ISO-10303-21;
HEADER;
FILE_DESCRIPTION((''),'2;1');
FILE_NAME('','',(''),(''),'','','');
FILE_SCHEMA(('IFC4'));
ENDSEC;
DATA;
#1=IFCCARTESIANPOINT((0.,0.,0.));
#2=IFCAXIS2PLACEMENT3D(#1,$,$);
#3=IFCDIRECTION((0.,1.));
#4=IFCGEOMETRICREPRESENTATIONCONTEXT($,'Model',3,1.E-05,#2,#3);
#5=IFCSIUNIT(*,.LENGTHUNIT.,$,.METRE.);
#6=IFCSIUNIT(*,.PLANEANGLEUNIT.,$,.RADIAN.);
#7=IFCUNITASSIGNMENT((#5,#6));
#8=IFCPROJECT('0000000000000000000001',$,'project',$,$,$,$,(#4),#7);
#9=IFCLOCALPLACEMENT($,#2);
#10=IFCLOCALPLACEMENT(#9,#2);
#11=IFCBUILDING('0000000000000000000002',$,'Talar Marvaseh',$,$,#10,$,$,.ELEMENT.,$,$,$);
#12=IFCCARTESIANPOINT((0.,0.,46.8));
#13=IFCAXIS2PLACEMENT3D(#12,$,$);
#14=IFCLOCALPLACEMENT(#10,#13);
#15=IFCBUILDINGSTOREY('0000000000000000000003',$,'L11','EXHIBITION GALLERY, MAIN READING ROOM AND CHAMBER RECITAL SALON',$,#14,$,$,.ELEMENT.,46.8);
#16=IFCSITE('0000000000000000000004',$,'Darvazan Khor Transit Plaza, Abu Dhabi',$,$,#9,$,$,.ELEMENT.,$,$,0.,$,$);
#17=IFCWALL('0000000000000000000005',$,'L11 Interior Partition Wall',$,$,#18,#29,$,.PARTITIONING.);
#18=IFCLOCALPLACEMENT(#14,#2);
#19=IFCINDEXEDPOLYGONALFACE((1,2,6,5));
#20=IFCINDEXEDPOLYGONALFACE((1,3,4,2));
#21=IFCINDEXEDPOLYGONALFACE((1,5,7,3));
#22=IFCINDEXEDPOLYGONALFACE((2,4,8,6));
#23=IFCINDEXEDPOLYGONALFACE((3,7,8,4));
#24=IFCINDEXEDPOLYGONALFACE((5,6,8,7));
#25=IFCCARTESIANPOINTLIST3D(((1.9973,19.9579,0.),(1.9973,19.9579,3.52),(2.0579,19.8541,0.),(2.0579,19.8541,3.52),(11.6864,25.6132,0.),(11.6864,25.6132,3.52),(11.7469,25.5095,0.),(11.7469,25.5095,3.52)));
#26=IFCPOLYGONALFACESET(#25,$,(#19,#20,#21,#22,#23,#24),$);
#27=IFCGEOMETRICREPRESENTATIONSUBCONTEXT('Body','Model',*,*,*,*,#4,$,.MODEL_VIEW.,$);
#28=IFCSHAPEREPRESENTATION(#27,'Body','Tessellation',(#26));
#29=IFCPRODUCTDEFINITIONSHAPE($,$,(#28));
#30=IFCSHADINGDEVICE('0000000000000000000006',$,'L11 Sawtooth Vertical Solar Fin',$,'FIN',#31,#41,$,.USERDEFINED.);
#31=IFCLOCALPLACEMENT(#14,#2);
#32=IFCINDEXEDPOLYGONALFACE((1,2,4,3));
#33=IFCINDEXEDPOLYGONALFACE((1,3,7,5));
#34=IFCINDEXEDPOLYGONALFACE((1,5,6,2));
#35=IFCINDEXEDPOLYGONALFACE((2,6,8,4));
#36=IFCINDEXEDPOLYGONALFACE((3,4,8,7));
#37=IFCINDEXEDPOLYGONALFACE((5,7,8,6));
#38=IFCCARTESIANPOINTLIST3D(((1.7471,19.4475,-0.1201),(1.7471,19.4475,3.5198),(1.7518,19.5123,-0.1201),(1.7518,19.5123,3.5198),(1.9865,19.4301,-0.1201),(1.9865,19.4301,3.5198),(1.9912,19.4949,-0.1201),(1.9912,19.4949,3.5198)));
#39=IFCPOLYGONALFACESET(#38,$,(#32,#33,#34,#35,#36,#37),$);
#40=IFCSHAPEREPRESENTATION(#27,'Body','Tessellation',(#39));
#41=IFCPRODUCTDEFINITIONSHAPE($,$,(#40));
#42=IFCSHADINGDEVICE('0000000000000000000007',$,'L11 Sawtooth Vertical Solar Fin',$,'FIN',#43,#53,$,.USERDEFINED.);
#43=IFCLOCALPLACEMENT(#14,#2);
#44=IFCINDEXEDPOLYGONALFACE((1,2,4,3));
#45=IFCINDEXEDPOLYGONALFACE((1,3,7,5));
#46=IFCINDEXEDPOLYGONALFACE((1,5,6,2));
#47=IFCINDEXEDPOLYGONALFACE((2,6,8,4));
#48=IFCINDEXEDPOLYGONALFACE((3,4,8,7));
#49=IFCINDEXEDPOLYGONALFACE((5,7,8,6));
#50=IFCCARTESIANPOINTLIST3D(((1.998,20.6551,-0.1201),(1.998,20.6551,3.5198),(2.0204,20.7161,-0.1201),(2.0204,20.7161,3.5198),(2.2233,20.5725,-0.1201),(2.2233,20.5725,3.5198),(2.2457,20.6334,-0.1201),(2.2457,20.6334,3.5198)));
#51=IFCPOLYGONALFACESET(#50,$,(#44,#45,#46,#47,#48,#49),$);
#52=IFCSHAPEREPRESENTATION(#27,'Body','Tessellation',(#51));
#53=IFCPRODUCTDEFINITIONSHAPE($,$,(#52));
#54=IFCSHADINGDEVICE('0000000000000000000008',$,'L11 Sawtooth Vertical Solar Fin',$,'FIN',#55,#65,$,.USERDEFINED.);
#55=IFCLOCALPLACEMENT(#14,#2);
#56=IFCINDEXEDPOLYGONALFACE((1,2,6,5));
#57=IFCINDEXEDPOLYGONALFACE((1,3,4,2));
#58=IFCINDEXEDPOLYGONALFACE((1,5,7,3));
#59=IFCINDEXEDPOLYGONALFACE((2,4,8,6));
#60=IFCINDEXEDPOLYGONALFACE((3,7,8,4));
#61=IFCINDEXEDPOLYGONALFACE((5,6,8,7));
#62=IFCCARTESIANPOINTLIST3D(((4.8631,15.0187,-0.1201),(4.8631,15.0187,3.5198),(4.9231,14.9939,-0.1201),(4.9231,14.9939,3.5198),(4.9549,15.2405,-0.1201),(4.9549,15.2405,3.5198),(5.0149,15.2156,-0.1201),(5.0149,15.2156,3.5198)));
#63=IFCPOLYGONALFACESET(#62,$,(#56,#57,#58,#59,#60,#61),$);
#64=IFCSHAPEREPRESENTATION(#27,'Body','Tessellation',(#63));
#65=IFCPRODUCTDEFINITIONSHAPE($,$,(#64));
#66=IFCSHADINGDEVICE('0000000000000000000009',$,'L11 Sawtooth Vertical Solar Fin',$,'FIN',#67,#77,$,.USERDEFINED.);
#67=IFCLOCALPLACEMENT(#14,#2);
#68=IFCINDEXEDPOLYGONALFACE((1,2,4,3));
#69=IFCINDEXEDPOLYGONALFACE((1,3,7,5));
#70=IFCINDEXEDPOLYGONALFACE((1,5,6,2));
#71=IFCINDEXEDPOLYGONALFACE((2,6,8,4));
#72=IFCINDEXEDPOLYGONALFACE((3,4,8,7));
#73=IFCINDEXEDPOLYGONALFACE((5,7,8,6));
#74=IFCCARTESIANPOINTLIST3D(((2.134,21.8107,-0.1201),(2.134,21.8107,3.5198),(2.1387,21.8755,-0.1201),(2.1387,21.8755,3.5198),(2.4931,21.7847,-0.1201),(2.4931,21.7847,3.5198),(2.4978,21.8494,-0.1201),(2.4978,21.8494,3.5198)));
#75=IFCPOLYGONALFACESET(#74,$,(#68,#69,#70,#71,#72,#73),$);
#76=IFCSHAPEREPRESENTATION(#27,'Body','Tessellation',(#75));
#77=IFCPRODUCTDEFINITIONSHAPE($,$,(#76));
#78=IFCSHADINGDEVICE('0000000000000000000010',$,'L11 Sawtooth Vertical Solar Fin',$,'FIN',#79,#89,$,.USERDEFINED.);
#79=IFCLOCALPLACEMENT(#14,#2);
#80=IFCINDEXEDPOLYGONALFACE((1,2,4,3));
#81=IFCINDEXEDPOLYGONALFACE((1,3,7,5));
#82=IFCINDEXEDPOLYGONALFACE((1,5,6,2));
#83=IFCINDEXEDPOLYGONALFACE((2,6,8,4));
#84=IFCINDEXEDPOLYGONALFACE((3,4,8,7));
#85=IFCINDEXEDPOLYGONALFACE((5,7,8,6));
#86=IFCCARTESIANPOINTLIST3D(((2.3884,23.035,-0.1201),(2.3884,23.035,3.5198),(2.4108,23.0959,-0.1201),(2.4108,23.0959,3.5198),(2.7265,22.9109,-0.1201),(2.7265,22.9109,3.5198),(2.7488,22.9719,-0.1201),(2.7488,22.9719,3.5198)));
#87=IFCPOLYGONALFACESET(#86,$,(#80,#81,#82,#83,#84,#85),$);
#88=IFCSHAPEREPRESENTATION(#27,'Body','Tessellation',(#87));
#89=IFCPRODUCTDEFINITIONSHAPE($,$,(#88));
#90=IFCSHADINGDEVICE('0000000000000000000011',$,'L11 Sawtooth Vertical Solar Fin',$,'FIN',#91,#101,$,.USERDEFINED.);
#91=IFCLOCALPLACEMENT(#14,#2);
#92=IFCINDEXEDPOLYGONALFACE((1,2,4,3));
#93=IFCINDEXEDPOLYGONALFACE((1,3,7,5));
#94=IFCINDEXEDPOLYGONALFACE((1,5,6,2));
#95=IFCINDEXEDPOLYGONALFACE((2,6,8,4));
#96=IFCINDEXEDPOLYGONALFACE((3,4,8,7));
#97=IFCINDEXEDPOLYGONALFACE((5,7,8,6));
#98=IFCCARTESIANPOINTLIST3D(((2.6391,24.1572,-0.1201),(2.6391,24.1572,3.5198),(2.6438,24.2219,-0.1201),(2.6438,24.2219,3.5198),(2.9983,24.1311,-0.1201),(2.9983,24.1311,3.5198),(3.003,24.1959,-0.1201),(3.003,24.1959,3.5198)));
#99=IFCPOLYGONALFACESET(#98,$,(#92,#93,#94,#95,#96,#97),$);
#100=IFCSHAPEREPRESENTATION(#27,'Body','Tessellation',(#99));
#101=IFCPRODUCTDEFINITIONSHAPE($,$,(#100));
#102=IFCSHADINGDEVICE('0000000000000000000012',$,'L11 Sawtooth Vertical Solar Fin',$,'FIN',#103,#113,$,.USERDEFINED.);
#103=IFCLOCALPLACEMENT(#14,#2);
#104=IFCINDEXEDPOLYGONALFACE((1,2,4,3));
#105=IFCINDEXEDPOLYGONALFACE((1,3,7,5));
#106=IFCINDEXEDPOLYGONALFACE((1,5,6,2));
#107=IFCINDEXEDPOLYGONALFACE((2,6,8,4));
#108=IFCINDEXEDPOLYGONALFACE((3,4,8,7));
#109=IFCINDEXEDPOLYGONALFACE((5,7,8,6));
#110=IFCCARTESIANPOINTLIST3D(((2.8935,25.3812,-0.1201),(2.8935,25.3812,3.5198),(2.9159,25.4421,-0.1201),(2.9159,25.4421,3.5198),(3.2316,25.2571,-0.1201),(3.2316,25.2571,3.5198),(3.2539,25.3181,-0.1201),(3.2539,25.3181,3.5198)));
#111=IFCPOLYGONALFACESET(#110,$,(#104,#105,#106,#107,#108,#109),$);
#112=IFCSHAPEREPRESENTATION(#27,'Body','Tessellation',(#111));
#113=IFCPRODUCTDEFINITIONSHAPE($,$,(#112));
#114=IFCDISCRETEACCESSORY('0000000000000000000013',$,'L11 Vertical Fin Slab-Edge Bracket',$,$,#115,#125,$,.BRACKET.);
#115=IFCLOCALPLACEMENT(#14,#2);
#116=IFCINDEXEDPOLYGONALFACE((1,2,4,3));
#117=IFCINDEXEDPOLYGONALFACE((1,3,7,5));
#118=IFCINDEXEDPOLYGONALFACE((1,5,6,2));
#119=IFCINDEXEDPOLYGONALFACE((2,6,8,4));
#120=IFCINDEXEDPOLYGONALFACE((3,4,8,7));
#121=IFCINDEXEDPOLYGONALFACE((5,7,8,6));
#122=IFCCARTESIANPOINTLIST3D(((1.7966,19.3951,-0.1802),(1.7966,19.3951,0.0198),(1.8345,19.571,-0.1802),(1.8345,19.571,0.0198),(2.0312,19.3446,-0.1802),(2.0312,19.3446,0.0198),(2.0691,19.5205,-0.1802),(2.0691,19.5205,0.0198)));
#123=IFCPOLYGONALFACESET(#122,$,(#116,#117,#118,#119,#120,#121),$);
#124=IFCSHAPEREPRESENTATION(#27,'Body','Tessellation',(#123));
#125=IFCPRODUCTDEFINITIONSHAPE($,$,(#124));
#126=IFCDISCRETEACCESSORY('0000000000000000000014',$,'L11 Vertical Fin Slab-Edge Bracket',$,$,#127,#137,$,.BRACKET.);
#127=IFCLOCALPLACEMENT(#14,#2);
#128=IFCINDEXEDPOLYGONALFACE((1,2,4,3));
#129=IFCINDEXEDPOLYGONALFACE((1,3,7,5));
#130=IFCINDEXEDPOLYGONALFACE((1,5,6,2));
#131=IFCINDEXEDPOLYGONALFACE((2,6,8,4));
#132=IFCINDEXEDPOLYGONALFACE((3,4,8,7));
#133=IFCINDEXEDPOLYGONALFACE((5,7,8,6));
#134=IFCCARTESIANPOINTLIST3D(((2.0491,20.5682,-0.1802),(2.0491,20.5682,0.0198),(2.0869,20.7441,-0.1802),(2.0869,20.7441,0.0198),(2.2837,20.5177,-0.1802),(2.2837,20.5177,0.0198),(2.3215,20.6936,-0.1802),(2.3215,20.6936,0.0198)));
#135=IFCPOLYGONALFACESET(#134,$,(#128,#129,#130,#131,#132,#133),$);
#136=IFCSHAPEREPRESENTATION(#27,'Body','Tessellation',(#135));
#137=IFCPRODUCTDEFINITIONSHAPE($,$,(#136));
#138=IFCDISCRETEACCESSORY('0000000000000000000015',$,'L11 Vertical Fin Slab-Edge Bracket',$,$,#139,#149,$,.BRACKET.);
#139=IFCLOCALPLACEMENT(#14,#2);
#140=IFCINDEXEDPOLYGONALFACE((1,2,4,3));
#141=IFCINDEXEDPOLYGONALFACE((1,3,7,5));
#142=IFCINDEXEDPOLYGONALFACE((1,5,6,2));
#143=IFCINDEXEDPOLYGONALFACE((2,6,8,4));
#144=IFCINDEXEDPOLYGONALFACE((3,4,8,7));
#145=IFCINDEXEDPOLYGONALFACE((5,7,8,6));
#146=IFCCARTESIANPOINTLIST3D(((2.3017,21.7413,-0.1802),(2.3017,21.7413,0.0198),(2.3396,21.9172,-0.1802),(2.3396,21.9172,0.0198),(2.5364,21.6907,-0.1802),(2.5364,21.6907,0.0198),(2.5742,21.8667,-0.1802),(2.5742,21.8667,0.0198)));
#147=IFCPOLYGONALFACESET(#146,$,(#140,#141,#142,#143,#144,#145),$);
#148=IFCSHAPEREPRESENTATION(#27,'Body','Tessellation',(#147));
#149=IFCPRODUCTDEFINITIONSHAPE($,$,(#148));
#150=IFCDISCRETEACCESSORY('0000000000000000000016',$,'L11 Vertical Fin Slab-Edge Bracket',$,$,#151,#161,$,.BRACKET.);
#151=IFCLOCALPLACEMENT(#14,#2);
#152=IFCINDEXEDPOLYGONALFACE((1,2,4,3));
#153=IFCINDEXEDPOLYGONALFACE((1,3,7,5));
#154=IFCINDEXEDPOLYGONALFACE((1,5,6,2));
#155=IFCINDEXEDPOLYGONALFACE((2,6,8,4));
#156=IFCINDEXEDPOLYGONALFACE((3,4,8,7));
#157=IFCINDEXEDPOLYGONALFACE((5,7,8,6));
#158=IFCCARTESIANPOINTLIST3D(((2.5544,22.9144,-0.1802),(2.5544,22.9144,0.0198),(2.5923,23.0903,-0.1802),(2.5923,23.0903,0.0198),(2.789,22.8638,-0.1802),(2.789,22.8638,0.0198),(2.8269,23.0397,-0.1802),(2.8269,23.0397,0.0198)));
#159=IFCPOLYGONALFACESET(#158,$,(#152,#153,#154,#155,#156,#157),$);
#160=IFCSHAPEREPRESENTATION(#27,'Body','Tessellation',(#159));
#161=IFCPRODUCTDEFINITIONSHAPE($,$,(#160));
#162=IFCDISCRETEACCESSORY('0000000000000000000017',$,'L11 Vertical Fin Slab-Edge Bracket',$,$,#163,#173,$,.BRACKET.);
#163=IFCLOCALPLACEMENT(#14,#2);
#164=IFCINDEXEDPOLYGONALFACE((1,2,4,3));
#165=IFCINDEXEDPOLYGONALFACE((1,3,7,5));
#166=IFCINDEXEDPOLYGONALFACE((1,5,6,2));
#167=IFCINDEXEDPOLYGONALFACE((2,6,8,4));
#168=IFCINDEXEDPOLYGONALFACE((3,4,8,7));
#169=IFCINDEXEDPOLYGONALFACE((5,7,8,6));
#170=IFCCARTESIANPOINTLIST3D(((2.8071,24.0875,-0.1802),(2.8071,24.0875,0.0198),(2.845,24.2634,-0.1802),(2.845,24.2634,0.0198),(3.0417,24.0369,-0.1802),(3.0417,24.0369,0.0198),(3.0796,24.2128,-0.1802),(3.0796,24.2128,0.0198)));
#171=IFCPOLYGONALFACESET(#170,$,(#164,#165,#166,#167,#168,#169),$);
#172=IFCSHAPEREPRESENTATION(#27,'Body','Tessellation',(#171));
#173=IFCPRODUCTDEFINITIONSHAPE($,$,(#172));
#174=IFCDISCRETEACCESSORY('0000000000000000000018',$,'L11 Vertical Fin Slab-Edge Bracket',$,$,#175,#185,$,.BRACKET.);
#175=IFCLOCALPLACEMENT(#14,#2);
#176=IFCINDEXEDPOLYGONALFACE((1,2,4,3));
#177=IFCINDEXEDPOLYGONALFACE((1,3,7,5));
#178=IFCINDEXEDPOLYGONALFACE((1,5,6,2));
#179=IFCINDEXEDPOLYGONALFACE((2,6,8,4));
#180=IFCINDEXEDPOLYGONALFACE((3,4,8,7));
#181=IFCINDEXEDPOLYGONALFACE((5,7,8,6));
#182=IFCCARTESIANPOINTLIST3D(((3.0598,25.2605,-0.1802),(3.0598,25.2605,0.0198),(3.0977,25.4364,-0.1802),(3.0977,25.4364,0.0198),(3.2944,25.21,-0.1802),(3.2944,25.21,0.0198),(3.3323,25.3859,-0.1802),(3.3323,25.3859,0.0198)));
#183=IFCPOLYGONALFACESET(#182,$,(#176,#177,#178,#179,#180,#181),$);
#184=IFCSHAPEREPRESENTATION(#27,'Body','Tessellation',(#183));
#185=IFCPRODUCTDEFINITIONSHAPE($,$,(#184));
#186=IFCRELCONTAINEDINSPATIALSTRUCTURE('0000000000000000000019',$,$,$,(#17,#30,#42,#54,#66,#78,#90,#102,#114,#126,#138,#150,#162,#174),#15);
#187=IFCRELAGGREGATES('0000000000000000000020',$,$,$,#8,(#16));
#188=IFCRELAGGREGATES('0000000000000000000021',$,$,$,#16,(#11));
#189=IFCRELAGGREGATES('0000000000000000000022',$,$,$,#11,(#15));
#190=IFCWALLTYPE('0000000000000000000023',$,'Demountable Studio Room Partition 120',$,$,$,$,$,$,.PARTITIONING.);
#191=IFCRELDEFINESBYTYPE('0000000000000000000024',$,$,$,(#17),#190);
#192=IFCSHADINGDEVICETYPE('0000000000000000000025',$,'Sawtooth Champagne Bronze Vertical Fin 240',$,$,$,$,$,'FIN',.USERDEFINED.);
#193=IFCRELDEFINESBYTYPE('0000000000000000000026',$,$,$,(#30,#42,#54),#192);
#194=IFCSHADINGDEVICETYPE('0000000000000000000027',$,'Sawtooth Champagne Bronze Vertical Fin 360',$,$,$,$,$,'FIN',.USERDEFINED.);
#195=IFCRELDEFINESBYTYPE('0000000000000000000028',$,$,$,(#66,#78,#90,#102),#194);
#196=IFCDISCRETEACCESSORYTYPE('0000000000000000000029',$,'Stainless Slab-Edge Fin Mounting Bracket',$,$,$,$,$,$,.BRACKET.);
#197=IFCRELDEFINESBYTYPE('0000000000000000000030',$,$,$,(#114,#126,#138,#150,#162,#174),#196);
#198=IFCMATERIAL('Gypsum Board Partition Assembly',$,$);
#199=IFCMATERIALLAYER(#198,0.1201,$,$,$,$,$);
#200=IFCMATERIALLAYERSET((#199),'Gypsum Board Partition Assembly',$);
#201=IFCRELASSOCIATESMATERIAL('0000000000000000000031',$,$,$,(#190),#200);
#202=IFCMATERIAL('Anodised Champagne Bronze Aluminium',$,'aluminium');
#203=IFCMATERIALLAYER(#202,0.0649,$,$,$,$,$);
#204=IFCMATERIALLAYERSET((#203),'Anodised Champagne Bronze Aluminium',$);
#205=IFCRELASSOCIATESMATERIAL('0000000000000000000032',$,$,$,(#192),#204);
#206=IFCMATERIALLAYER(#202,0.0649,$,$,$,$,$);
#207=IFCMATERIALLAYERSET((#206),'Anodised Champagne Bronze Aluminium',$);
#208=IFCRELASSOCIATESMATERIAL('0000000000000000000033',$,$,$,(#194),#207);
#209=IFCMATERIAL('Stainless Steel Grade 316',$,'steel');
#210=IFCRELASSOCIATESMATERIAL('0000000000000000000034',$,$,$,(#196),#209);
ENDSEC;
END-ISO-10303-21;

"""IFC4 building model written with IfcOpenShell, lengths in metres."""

from ifc_helpers import new_model, si_unit, direction, frame, frame_2d, origin, origin_2d, place, context, subcontext, project, spatial, rectangle, extrude, source, transform, mapped, material, layer, layer_set, type_object, type_shapes, element, save


model = new_model("IFC4")

# Units and contexts
model_context = context("Model", 3, precision=1e-05, world=origin(), true_north=direction((0.0, 1.0)))
body_context = subcontext(model_context, "Body", "Model", "MODEL_VIEW")
ifc_project = project(units=[si_unit("LENGTHUNIT", "METRE"), si_unit("PLANEANGLEUNIT", "RADIAN")], contexts=[model_context])

# Site, building, storey
site_placement = place(None, origin())
site = spatial("IfcSite", under=ifc_project, at=site_placement, Name="Darvazan Khor Transit Plaza, Abu Dhabi", CompositionType="ELEMENT", RefElevation=0.0)
building_placement = place(site_placement, origin())
building = spatial("IfcBuilding", under=site, at=building_placement, Name="Talar Marvaseh", CompositionType="ELEMENT")
storey_placement = place(building_placement, frame((0.0, 0.0, 46.8)))
storey = spatial("IfcBuildingStorey", under=building, at=storey_placement, Name="L11", Description="EXHIBITION GALLERY, MAIN READING ROOM AND CHAMBER RECITAL SALON", CompositionType="ELEMENT", Elevation=46.8)

# Wall
ifc_material_1 = material(Name="Gypsum Board Partition Assembly")
ifc_layer_1 = layer(ifc_material_1, 0.1201)
ifc_layer_set_1 = layer_set([ifc_layer_1], Name="Gypsum Board Partition Assembly")
wall_type_1 = type_object("IfcWallType", Name="Demountable Studio Room Partition 120", PredefinedType="PARTITIONING", material=ifc_layer_set_1)
wall_1_placement = place(storey_placement, frame((2.0276, 19.906, 0.0), z_axis=(0.0, 0.0, 1.0), x_axis=(0.863648, 0.504096, 0.0)))
element("IfcWall", 1, at=wall_1_placement, inside=storey, type_object=wall_type_1, Name="L11 Interior Partition Wall", PredefinedType="PARTITIONING", context=body_context, shape_type="SweptSolid", body=[
    extrude(rectangle(XDim=11.2188, YDim=0.1201, at=frame_2d((5.6094, 0.0))), origin(), (0.0, 0.0, 1.0), 3.52),
])

# Shading devices
ifc_material_2 = material(Name="Anodised Champagne Bronze Aluminium", Category="aluminium")
ifc_layer_2 = layer(ifc_material_2, 0.0649)
ifc_layer_set_2 = layer_set([ifc_layer_2], Name="Anodised Champagne Bronze Aluminium")
shading_device_type_1 = type_object("IfcShadingDeviceType", Name="Sawtooth Champagne Bronze Vertical Fin 240", ElementType="FIN", PredefinedType="USERDEFINED", material=ifc_layer_set_2)
shared_shape_1 = source(origin(), body_context, "Body", "SweptSolid", [
    extrude(rectangle(XDim=0.24, YDim=0.0649, at=origin_2d()), origin(), (0.0, 0.0, 1.0), 3.6399),
])
type_shapes(shading_device_type_1, [shared_shape_1])
for number, where, z_axis, x_axis, name in (
    (2, (1.8691, 19.4712, -0.1201), (0.0, 0.0, 1.0), (-0.997378, 0.072368, 0.0), "L11 Sawtooth Vertical Solar Fin"),
    (3, (2.1218, 20.6443, -0.1201), (0.0, 0.0, 1.0), (-0.938794, 0.344479, 0.0), "L11 Sawtooth Vertical Solar Fin"),
    (4, (4.939, 15.1172, -0.1201), (0.0, 0.0, 1.0), (-0.382522, -0.923946, 0.0), "L11 Sawtooth Vertical Solar Fin"),
):
    element("IfcShadingDevice", number, at=place(storey_placement, frame(where, z_axis=z_axis, x_axis=x_axis)), inside=storey, type_object=shading_device_type_1, Name=name, ObjectType="FIN", PredefinedType="USERDEFINED", context=body_context, shape_type="MappedRepresentation", body=[
        mapped(shared_shape_1, transform((0.0, 0.0, 0.0), x_axis=(1.0, 0.0, 0.0), y_axis=(0.0, 1.0, 0.0), z_axis=(0.0, 0.0, 1.0), scale=1.0)),
    ])
ifc_layer_3 = layer(ifc_material_2, 0.0649)
ifc_layer_set_3 = layer_set([ifc_layer_3], Name="Anodised Champagne Bronze Aluminium")
shading_device_type_2 = type_object("IfcShadingDeviceType", Name="Sawtooth Champagne Bronze Vertical Fin 360", ElementType="FIN", PredefinedType="USERDEFINED", material=ifc_layer_set_3)
shared_shape_2 = source(origin(), body_context, "Body", "SweptSolid", [
    extrude(rectangle(XDim=0.3601, YDim=0.0649, at=origin_2d()), origin(), (0.0, 0.0, 1.0), 3.6399),
])
type_shapes(shading_device_type_2, [shared_shape_2])
for number, where, z_axis, x_axis, name in (
    (5, (2.3159, 21.8301, -0.1201), (0.0, 0.0, 1.0), (-0.997378, 0.072368, 0.0), "L11 Sawtooth Vertical Solar Fin"),
    (6, (2.5686, 23.0034, -0.1201), (0.0, 0.0, 1.0), (-0.938794, 0.344479, 0.0), "L11 Sawtooth Vertical Solar Fin"),
    (7, (2.821, 24.1765, -0.1201), (0.0, 0.0, 1.0), (-0.997378, 0.072368, 0.0), "L11 Sawtooth Vertical Solar Fin"),
    (8, (3.0737, 25.3496, -0.1201), (0.0, 0.0, 1.0), (-0.938794, 0.344479, 0.0), "L11 Sawtooth Vertical Solar Fin"),
):
    element("IfcShadingDevice", number, at=place(storey_placement, frame(where, z_axis=z_axis, x_axis=x_axis)), inside=storey, type_object=shading_device_type_2, Name=name, ObjectType="FIN", PredefinedType="USERDEFINED", context=body_context, shape_type="MappedRepresentation", body=[
        mapped(shared_shape_2, transform((0.0, 0.0, 0.0), x_axis=(1.0, 0.0, 0.0), y_axis=(0.0, 1.0, 0.0), z_axis=(0.0, 0.0, 1.0), scale=1.0)),
    ])

# Discrete accessories
ifc_material_3 = material(Name="Stainless Steel Grade 316", Category="steel")
discrete_accessory_type = type_object("IfcDiscreteAccessoryType", Name="Stainless Slab-Edge Fin Mounting Bracket", PredefinedType="BRACKET", material=ifc_material_3)
shared_shape_3 = source(origin(), body_context, "Body", "SweptSolid", [
    extrude(rectangle(XDim=0.24, YDim=0.1799, at=origin_2d()), origin(), (0.0, 0.0, 1.0), 0.2),
])
type_shapes(discrete_accessory_type, [shared_shape_3])
for number, where, z_axis, x_axis, name in (
    (9, (1.9329, 19.4578, -0.1802), (0.0, 0.0, 1.0), (-0.9776, 0.210472, 0.0), "L11 Vertical Fin Slab-Edge Bracket"),
    (10, (2.1853, 20.6309, -0.1802), (0.0, 0.0, 1.0), (-0.9776, 0.210472, 0.0), "L11 Vertical Fin Slab-Edge Bracket"),
    (11, (2.438, 21.804, -0.1802), (0.0, 0.0, 1.0), (-0.9776, 0.210472, 0.0), "L11 Vertical Fin Slab-Edge Bracket"),
    (12, (2.6907, 22.9771, -0.1802), (0.0, 0.0, 1.0), (-0.9776, 0.210472, 0.0), "L11 Vertical Fin Slab-Edge Bracket"),
    (13, (2.9434, 24.1501, -0.1802), (0.0, 0.0, 1.0), (-0.9776, 0.210472, 0.0), "L11 Vertical Fin Slab-Edge Bracket"),
    (14, (3.196, 25.3232, -0.1802), (0.0, 0.0, 1.0), (-0.9776, 0.210472, 0.0), "L11 Vertical Fin Slab-Edge Bracket"),
):
    element("IfcDiscreteAccessory", number, at=place(storey_placement, frame(where, z_axis=z_axis, x_axis=x_axis)), inside=storey, type_object=discrete_accessory_type, Name=name, PredefinedType="BRACKET", context=body_context, shape_type="MappedRepresentation", body=[
        mapped(shared_shape_3, transform((0.0, 0.0, 0.0), x_axis=(1.0, 0.0, 0.0), y_axis=(0.0, 1.0, 0.0), z_axis=(0.0, 0.0, 1.0), scale=1.0)),
    ])

save(model, "model.ifc")
